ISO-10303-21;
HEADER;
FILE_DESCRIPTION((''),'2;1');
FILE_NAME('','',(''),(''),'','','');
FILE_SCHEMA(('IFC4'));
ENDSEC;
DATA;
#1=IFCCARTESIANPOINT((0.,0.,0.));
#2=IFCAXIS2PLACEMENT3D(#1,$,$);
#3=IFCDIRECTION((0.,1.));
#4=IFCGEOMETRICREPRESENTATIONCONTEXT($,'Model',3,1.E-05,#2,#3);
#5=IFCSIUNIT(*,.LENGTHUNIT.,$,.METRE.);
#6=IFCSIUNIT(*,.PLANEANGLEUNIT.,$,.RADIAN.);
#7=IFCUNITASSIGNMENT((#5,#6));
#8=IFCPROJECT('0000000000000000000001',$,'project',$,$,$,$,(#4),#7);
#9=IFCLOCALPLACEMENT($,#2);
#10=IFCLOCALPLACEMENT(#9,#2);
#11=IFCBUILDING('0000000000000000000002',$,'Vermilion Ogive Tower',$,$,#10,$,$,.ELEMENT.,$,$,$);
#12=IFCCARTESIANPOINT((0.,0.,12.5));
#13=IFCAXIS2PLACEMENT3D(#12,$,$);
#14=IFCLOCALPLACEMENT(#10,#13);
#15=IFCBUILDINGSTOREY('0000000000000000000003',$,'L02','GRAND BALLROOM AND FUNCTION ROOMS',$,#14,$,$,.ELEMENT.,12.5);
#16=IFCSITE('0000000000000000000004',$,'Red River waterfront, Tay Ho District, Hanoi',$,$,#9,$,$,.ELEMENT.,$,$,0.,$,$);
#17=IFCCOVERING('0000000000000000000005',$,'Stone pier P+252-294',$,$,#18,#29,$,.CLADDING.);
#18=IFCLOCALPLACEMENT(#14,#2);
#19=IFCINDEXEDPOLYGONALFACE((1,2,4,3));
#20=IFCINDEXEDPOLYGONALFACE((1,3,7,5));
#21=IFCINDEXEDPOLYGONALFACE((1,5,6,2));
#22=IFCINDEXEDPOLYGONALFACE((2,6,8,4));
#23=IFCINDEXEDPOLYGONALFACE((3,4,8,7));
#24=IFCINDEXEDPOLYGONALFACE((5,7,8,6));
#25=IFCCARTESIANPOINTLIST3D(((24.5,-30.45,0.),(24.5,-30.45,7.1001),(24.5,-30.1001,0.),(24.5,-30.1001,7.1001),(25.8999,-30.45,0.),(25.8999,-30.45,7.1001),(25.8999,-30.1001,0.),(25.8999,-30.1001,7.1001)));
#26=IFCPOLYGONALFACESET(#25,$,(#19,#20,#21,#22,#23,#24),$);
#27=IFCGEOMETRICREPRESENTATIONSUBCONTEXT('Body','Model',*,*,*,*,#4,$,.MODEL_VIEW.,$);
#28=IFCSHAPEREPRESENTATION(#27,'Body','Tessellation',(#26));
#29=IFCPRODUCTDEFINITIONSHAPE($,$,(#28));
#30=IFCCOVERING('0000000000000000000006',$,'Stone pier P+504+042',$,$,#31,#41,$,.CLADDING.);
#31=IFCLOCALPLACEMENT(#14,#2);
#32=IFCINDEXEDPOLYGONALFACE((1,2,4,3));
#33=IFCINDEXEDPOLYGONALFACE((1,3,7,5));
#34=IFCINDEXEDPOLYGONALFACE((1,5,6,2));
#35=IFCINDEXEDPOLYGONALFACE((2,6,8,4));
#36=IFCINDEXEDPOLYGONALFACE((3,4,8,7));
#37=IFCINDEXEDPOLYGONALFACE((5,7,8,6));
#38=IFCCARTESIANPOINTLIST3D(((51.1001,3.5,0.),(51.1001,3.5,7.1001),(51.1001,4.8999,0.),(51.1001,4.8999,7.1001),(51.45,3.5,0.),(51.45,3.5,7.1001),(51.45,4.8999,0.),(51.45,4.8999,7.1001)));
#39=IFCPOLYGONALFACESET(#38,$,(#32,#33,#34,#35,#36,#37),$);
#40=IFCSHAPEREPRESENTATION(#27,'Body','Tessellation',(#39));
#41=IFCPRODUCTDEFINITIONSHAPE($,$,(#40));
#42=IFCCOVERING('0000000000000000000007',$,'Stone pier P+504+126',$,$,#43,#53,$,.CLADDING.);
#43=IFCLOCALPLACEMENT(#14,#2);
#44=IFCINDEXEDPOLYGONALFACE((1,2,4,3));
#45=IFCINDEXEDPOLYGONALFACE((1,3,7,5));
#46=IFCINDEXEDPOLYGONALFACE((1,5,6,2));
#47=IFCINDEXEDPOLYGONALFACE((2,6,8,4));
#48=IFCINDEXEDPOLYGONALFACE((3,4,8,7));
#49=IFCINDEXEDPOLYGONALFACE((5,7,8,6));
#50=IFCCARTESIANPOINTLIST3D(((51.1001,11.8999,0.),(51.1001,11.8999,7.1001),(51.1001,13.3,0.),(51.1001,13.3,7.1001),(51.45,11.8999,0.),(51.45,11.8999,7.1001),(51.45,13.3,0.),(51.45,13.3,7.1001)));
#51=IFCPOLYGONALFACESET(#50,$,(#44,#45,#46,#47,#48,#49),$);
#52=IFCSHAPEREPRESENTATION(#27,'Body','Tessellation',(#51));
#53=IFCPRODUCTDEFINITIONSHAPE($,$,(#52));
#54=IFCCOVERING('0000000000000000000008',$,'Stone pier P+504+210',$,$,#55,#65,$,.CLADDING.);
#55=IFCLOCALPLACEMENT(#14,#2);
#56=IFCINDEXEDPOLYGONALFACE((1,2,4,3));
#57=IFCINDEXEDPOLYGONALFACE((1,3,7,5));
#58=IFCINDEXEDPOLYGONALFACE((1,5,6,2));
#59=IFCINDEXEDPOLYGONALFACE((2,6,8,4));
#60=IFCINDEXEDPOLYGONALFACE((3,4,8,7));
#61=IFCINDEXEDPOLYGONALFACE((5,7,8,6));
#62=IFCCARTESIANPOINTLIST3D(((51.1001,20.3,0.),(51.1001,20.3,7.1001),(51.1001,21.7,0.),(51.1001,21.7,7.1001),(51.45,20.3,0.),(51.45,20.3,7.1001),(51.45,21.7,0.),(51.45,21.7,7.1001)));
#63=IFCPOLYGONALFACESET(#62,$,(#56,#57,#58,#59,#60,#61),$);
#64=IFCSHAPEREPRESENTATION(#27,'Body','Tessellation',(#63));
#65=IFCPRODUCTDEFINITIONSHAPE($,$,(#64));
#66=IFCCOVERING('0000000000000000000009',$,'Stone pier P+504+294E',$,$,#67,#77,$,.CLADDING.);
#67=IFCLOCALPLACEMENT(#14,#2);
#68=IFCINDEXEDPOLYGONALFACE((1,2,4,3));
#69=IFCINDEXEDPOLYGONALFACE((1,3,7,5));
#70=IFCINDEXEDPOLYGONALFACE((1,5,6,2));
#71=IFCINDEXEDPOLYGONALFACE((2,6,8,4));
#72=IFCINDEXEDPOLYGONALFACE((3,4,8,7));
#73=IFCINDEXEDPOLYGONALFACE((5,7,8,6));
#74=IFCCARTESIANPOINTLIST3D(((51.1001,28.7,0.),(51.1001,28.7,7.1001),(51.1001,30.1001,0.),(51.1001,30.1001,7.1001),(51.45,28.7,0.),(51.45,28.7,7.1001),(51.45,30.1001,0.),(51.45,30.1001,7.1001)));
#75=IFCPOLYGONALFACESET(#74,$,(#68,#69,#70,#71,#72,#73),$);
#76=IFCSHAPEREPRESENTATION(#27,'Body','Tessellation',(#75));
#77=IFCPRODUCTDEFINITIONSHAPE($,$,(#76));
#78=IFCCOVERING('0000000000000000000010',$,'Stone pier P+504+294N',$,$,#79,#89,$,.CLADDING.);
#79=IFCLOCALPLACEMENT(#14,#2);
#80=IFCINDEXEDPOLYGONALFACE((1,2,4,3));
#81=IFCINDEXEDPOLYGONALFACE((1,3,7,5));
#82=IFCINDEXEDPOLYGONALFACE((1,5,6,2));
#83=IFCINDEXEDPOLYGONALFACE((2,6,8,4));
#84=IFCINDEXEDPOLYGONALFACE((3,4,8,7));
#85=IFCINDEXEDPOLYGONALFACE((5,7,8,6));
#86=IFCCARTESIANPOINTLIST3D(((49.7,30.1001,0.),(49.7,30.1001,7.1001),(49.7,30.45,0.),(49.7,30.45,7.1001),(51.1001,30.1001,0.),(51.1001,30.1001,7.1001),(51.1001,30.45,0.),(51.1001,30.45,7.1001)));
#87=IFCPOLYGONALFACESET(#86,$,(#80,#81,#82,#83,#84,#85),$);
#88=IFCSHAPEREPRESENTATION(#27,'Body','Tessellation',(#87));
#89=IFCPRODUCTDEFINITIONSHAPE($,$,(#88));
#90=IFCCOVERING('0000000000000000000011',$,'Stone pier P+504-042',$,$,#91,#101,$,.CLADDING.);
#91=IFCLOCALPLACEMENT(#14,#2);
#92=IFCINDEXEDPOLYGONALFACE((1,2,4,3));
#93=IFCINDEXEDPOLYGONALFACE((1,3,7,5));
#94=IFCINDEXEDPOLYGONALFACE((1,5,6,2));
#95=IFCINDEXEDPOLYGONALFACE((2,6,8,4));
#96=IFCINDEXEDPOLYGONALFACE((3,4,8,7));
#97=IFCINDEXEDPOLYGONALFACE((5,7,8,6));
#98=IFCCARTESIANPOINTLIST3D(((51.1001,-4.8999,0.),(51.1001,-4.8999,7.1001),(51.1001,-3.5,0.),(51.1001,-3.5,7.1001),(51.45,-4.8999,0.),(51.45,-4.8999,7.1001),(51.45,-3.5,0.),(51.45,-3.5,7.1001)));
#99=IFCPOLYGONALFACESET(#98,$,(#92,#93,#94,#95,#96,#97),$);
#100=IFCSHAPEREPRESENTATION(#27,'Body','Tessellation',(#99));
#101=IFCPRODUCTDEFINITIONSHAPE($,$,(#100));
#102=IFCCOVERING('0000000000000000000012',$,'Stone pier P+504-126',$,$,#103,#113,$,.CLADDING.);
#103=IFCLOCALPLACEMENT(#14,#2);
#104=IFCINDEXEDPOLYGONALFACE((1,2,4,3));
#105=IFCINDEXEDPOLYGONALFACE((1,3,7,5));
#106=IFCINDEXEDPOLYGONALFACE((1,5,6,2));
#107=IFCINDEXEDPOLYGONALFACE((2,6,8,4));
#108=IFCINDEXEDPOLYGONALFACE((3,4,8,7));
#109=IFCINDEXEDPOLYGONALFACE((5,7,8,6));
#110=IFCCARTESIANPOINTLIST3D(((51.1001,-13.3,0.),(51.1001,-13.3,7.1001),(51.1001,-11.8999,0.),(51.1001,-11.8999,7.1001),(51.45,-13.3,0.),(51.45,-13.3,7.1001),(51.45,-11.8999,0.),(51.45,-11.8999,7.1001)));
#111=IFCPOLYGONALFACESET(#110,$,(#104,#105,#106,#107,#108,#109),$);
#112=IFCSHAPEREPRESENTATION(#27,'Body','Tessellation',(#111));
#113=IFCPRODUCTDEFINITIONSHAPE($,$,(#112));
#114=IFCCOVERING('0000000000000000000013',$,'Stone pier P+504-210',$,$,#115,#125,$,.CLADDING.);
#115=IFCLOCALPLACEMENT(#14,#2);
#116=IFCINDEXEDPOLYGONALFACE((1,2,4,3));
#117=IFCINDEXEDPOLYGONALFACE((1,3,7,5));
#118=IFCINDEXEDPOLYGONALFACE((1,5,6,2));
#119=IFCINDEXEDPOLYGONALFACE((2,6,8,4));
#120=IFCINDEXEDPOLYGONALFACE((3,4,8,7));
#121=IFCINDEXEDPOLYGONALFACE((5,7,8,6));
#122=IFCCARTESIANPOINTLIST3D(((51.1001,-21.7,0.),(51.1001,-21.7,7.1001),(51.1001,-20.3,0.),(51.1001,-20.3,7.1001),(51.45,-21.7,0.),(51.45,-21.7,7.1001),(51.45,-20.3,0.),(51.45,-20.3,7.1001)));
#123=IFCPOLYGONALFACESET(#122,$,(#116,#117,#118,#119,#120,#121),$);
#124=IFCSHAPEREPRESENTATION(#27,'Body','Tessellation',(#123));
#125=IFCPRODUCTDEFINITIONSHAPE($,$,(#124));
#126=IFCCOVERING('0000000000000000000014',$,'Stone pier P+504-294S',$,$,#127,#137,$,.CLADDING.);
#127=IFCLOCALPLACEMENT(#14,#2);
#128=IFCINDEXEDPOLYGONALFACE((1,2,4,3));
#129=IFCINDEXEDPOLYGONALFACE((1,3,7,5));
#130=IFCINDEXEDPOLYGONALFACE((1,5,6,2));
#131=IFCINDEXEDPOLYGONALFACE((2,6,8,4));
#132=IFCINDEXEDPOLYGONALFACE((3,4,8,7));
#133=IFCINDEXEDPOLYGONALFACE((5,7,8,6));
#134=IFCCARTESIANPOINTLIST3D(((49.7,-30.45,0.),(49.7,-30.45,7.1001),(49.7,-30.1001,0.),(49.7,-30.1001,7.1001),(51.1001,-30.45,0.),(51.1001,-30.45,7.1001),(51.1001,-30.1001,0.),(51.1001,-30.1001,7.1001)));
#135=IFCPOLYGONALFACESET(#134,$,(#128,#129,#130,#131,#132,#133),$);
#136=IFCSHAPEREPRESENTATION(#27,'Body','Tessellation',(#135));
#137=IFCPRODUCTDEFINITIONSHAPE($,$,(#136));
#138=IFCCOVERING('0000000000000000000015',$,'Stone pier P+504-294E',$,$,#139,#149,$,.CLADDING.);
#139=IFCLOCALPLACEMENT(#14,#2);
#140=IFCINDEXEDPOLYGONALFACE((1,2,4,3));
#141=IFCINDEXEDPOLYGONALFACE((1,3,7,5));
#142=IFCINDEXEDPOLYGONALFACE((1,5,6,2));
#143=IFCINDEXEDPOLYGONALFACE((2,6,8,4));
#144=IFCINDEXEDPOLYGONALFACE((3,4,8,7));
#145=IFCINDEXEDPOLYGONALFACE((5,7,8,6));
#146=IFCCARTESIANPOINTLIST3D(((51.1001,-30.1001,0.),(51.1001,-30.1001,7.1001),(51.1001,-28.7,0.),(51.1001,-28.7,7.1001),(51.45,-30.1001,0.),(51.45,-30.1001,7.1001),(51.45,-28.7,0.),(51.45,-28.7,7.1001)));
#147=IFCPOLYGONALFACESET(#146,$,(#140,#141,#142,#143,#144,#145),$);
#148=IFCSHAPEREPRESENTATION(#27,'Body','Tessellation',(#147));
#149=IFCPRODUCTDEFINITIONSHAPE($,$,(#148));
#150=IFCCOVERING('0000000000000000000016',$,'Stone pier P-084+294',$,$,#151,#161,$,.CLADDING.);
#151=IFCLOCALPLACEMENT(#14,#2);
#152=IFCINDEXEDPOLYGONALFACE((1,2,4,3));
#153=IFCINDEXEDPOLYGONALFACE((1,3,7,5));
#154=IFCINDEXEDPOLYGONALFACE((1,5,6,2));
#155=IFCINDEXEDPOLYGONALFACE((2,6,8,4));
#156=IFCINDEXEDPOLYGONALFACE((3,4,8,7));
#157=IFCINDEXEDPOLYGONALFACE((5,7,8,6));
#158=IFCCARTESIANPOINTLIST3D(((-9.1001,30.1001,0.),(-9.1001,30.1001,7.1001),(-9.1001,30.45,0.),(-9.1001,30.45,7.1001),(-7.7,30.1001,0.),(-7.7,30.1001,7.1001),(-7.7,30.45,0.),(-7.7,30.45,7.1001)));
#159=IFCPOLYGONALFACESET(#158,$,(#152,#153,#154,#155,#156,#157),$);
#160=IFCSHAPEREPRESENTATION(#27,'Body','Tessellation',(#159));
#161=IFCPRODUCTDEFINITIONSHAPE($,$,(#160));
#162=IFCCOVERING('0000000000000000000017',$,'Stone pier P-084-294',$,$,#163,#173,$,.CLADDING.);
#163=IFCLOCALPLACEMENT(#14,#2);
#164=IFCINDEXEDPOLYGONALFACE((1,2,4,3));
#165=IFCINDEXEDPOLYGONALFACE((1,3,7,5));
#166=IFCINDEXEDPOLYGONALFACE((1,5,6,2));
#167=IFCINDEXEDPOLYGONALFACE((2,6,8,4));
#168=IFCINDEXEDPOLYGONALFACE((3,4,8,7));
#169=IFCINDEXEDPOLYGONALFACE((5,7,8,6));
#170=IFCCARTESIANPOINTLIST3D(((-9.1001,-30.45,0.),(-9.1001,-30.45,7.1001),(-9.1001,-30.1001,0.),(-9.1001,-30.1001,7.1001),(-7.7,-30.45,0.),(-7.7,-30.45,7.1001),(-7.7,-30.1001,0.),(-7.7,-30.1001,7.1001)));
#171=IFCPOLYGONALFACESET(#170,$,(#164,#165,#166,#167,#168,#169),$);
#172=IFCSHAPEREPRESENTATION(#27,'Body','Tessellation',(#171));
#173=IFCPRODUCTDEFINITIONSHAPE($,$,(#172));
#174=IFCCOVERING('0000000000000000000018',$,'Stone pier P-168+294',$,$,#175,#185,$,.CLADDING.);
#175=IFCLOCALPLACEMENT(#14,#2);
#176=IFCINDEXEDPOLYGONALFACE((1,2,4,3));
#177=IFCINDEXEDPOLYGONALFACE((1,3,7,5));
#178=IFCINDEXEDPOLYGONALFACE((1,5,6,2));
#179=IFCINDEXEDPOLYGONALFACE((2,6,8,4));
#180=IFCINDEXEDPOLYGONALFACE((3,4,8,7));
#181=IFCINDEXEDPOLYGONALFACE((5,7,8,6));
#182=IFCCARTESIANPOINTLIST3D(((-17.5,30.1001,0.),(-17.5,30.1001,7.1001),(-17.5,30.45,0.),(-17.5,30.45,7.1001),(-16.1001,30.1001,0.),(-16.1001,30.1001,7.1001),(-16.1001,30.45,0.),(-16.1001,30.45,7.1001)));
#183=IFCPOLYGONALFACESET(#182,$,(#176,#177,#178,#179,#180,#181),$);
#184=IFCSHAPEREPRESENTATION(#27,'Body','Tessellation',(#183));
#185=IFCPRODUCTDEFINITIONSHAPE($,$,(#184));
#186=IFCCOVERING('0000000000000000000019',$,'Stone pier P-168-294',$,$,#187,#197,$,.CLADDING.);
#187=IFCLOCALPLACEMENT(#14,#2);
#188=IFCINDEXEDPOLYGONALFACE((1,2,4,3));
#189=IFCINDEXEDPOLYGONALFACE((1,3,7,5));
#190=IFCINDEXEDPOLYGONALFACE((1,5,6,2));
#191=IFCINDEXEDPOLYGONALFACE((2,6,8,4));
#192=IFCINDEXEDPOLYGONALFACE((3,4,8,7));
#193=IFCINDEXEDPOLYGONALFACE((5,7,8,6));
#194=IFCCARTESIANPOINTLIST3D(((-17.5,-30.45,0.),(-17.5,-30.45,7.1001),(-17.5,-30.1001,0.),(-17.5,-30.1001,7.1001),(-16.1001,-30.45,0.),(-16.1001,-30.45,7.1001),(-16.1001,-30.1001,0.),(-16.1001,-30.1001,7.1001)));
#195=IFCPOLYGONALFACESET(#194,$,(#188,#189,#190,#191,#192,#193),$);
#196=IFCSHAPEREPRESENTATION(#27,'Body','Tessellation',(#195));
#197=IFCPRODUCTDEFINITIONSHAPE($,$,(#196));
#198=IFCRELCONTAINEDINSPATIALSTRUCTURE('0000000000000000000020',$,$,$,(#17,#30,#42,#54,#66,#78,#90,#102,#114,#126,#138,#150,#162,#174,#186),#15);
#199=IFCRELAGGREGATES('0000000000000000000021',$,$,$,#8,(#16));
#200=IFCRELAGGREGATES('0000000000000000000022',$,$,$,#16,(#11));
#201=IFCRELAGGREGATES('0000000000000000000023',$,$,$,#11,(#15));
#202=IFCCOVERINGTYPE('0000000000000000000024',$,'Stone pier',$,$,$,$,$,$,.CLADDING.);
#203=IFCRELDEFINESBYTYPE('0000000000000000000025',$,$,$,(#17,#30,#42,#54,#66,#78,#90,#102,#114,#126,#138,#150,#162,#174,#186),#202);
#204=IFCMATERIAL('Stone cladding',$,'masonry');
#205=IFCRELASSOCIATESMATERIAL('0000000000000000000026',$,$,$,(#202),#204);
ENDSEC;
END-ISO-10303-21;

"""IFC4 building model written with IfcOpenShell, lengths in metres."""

from ifc_helpers import new_model, si_unit, direction, frame, origin, place, context, subcontext, project, spatial, polyline, outline, extrude, material, type_object, element, save


model = new_model("IFC4")

# Units and contexts
model_context = context("Model", 3, precision=1e-05, world=origin(), true_north=direction((0.0, 1.0)))
body_context = subcontext(model_context, "Body", "Model", "MODEL_VIEW")
ifc_project = project(units=[si_unit("LENGTHUNIT", "METRE"), si_unit("PLANEANGLEUNIT", "RADIAN")], contexts=[model_context])

# Site, building, storey
site_placement = place(None, origin())
site = spatial("IfcSite", under=ifc_project, at=site_placement, Name="Red River waterfront, Tay Ho District, Hanoi", CompositionType="ELEMENT", RefElevation=0.0)
building_placement = place(site_placement, origin())
building = spatial("IfcBuilding", under=site, at=building_placement, Name="Vermilion Ogive Tower", CompositionType="ELEMENT")
storey_placement = place(building_placement, frame((0.0, 0.0, 12.5)))
storey = spatial("IfcBuildingStorey", under=building, at=storey_placement, Name="L02", Description="GRAND BALLROOM AND FUNCTION ROOMS", CompositionType="ELEMENT", Elevation=12.5)

# Coverings
ifc_material = material(Name="Stone cladding", Category="masonry")
covering_type = type_object("IfcCoveringType", Name="Stone pier", PredefinedType="CLADDING", material=ifc_material)
covering_1_placement = place(storey_placement, origin())
element("IfcCovering", 1, at=covering_1_placement, inside=storey, type_object=covering_type, Name="Stone pier P+252-294", PredefinedType="CLADDING", context=body_context, shape_type="SweptSolid", body=[
    extrude(outline(polyline([(25.8999, -30.1001), (25.8999, -30.1001), (25.8999, -30.45), (24.5, -30.45), (24.5, -30.1001), (24.5, -30.1001), (25.8999, -30.1001)])), origin(), (0.0, 0.0, 1.0), 7.1001),
])
covering_2_placement = place(storey_placement, origin())
element("IfcCovering", 2, at=covering_2_placement, inside=storey, type_object=covering_type, Name="Stone pier P+504+042", PredefinedType="CLADDING", context=body_context, shape_type="SweptSolid", body=[
    extrude(outline(polyline([(51.1001, 4.8999), (51.45, 4.8999), (51.45, 3.5), (51.1001, 3.5), (51.1001, 4.8999), (51.1001, 4.8999)])), origin(), (0.0, 0.0, 1.0), 7.1001),
])
covering_3_placement = place(storey_placement, origin())
element("IfcCovering", 3, at=covering_3_placement, inside=storey, type_object=covering_type, Name="Stone pier P+504+126", PredefinedType="CLADDING", context=body_context, shape_type="SweptSolid", body=[
    extrude(outline(polyline([(51.1001, 13.3), (51.1001, 13.3), (51.45, 13.3), (51.45, 11.8999), (51.1001, 11.8999), (51.1001, 11.8999), (51.1001, 13.3)])), origin(), (0.0, 0.0, 1.0), 7.1001),
])
covering_4_placement = place(storey_placement, origin())
element("IfcCovering", 4, at=covering_4_placement, inside=storey, type_object=covering_type, Name="Stone pier P+504+210", PredefinedType="CLADDING", context=body_context, shape_type="SweptSolid", body=[
    extrude(outline(polyline([(51.1001, 21.7), (51.1001, 21.7), (51.45, 21.7), (51.45, 20.3), (51.1001, 20.3), (51.1001, 20.3), (51.1001, 21.7)])), origin(), (0.0, 0.0, 1.0), 7.1001),
])
covering_5_placement = place(storey_placement, origin())
element("IfcCovering", 5, at=covering_5_placement, inside=storey, type_object=covering_type, Name="Stone pier P+504+294E", PredefinedType="CLADDING", context=body_context, shape_type="SweptSolid", body=[
    extrude(outline(polyline([(51.1001, 30.1001), (51.1001, 30.1001), (51.45, 30.1001), (51.45, 28.7), (51.1001, 28.7), (51.1001, 28.7), (51.1001, 30.1001)])), origin(), (0.0, 0.0, 1.0), 7.1001),
])
covering_6_placement = place(storey_placement, origin())
element("IfcCovering", 6, at=covering_6_placement, inside=storey, type_object=covering_type, Name="Stone pier P+504+294N", PredefinedType="CLADDING", context=body_context, shape_type="SweptSolid", body=[
    extrude(outline(polyline([(51.1001, 30.45), (51.1001, 30.1001), (51.1001, 30.1001), (49.7, 30.1001), (49.7, 30.45), (51.1001, 30.45)])), origin(), (0.0, 0.0, 1.0), 7.1001),
])
covering_7_placement = place(storey_placement, origin())
element("IfcCovering", 7, at=covering_7_placement, inside=storey, type_object=covering_type, Name="Stone pier P+504-042", PredefinedType="CLADDING", context=body_context, shape_type="SweptSolid", body=[
    extrude(outline(polyline([(51.45, -3.5), (51.45, -4.8999), (51.1001, -4.8999), (51.1001, -3.5), (51.45, -3.5)])), origin(), (0.0, 0.0, 1.0), 7.1001),
])
covering_8_placement = place(storey_placement, origin())
element("IfcCovering", 8, at=covering_8_placement, inside=storey, type_object=covering_type, Name="Stone pier P+504-126", PredefinedType="CLADDING", context=body_context, shape_type="SweptSolid", body=[
    extrude(outline(polyline([(51.1001, -11.8999), (51.45, -11.8999), (51.45, -13.3), (51.1001, -13.3), (51.1001, -13.3), (51.1001, -11.8999)])), origin(), (0.0, 0.0, 1.0), 7.1001),
])
covering_9_placement = place(storey_placement, origin())
element("IfcCovering", 9, at=covering_9_placement, inside=storey, type_object=covering_type, Name="Stone pier P+504-210", PredefinedType="CLADDING", context=body_context, shape_type="SweptSolid", body=[
    extrude(outline(polyline([(51.45, -20.3), (51.45, -21.7), (51.1001, -21.7), (51.1001, -20.3), (51.45, -20.3)])), origin(), (0.0, 0.0, 1.0), 7.1001),
])
covering_10_placement = place(storey_placement, origin())
element("IfcCovering", 10, at=covering_10_placement, inside=storey, type_object=covering_type, Name="Stone pier P+504-294S", PredefinedType="CLADDING", context=body_context, shape_type="SweptSolid", body=[
    extrude(outline(polyline([(51.1001, -30.1001), (51.1001, -30.45), (49.7, -30.45), (49.7, -30.1001), (49.7, -30.1001), (51.1001, -30.1001)])), origin(), (0.0, 0.0, 1.0), 7.1001),
])
covering_11_placement = place(storey_placement, origin())
element("IfcCovering", 11, at=covering_11_placement, inside=storey, type_object=covering_type, Name="Stone pier P+504-294E", PredefinedType="CLADDING", context=body_context, shape_type="SweptSolid", body=[
    extrude(outline(polyline([(51.45, -30.1001), (51.1001, -30.1001), (51.1001, -28.7), (51.45, -28.7), (51.45, -30.1001)])), origin(), (0.0, 0.0, 1.0), 7.1001),
])
covering_12_placement = place(storey_placement, origin())
element("IfcCovering", 12, at=covering_12_placement, inside=storey, type_object=covering_type, Name="Stone pier P-084+294", PredefinedType="CLADDING", context=body_context, shape_type="SweptSolid", body=[
    extrude(outline(polyline([(-9.1001, 30.1001), (-9.1001, 30.1001), (-9.1001, 30.45), (-7.7, 30.45), (-7.7, 30.1001), (-7.7, 30.1001), (-9.1001, 30.1001)])), origin(), (0.0, 0.0, 1.0), 7.1001),
])
covering_13_placement = place(storey_placement, origin())
element("IfcCovering", 13, at=covering_13_placement, inside=storey, type_object=covering_type, Name="Stone pier P-084-294", PredefinedType="CLADDING", context=body_context, shape_type="SweptSolid", body=[
    extrude(outline(polyline([(-7.7, -30.1001), (-7.7, -30.45), (-9.1001, -30.45), (-9.1001, -30.1001), (-9.1001, -30.1001), (-7.7, -30.1001)])), origin(), (0.0, 0.0, 1.0), 7.1001),
])
covering_14_placement = place(storey_placement, origin())
element("IfcCovering", 14, at=covering_14_placement, inside=storey, type_object=covering_type, Name="Stone pier P-168+294", PredefinedType="CLADDING", context=body_context, shape_type="SweptSolid", body=[
    extrude(outline(polyline([(-17.5, 30.1001), (-17.5, 30.45), (-16.1001, 30.45), (-16.1001, 30.1001), (-17.5, 30.1001), (-17.5, 30.1001)])), origin(), (0.0, 0.0, 1.0), 7.1001),
])
covering_15_placement = place(storey_placement, origin())
element("IfcCovering", 15, at=covering_15_placement, inside=storey, type_object=covering_type, Name="Stone pier P-168-294", PredefinedType="CLADDING", context=body_context, shape_type="SweptSolid", body=[
    extrude(outline(polyline([(-16.1001, -30.45), (-17.5, -30.45), (-17.5, -30.1001), (-16.1001, -30.1001), (-16.1001, -30.45)])), origin(), (0.0, 0.0, 1.0), 7.1001),
])

save(model, "model.ifc")
